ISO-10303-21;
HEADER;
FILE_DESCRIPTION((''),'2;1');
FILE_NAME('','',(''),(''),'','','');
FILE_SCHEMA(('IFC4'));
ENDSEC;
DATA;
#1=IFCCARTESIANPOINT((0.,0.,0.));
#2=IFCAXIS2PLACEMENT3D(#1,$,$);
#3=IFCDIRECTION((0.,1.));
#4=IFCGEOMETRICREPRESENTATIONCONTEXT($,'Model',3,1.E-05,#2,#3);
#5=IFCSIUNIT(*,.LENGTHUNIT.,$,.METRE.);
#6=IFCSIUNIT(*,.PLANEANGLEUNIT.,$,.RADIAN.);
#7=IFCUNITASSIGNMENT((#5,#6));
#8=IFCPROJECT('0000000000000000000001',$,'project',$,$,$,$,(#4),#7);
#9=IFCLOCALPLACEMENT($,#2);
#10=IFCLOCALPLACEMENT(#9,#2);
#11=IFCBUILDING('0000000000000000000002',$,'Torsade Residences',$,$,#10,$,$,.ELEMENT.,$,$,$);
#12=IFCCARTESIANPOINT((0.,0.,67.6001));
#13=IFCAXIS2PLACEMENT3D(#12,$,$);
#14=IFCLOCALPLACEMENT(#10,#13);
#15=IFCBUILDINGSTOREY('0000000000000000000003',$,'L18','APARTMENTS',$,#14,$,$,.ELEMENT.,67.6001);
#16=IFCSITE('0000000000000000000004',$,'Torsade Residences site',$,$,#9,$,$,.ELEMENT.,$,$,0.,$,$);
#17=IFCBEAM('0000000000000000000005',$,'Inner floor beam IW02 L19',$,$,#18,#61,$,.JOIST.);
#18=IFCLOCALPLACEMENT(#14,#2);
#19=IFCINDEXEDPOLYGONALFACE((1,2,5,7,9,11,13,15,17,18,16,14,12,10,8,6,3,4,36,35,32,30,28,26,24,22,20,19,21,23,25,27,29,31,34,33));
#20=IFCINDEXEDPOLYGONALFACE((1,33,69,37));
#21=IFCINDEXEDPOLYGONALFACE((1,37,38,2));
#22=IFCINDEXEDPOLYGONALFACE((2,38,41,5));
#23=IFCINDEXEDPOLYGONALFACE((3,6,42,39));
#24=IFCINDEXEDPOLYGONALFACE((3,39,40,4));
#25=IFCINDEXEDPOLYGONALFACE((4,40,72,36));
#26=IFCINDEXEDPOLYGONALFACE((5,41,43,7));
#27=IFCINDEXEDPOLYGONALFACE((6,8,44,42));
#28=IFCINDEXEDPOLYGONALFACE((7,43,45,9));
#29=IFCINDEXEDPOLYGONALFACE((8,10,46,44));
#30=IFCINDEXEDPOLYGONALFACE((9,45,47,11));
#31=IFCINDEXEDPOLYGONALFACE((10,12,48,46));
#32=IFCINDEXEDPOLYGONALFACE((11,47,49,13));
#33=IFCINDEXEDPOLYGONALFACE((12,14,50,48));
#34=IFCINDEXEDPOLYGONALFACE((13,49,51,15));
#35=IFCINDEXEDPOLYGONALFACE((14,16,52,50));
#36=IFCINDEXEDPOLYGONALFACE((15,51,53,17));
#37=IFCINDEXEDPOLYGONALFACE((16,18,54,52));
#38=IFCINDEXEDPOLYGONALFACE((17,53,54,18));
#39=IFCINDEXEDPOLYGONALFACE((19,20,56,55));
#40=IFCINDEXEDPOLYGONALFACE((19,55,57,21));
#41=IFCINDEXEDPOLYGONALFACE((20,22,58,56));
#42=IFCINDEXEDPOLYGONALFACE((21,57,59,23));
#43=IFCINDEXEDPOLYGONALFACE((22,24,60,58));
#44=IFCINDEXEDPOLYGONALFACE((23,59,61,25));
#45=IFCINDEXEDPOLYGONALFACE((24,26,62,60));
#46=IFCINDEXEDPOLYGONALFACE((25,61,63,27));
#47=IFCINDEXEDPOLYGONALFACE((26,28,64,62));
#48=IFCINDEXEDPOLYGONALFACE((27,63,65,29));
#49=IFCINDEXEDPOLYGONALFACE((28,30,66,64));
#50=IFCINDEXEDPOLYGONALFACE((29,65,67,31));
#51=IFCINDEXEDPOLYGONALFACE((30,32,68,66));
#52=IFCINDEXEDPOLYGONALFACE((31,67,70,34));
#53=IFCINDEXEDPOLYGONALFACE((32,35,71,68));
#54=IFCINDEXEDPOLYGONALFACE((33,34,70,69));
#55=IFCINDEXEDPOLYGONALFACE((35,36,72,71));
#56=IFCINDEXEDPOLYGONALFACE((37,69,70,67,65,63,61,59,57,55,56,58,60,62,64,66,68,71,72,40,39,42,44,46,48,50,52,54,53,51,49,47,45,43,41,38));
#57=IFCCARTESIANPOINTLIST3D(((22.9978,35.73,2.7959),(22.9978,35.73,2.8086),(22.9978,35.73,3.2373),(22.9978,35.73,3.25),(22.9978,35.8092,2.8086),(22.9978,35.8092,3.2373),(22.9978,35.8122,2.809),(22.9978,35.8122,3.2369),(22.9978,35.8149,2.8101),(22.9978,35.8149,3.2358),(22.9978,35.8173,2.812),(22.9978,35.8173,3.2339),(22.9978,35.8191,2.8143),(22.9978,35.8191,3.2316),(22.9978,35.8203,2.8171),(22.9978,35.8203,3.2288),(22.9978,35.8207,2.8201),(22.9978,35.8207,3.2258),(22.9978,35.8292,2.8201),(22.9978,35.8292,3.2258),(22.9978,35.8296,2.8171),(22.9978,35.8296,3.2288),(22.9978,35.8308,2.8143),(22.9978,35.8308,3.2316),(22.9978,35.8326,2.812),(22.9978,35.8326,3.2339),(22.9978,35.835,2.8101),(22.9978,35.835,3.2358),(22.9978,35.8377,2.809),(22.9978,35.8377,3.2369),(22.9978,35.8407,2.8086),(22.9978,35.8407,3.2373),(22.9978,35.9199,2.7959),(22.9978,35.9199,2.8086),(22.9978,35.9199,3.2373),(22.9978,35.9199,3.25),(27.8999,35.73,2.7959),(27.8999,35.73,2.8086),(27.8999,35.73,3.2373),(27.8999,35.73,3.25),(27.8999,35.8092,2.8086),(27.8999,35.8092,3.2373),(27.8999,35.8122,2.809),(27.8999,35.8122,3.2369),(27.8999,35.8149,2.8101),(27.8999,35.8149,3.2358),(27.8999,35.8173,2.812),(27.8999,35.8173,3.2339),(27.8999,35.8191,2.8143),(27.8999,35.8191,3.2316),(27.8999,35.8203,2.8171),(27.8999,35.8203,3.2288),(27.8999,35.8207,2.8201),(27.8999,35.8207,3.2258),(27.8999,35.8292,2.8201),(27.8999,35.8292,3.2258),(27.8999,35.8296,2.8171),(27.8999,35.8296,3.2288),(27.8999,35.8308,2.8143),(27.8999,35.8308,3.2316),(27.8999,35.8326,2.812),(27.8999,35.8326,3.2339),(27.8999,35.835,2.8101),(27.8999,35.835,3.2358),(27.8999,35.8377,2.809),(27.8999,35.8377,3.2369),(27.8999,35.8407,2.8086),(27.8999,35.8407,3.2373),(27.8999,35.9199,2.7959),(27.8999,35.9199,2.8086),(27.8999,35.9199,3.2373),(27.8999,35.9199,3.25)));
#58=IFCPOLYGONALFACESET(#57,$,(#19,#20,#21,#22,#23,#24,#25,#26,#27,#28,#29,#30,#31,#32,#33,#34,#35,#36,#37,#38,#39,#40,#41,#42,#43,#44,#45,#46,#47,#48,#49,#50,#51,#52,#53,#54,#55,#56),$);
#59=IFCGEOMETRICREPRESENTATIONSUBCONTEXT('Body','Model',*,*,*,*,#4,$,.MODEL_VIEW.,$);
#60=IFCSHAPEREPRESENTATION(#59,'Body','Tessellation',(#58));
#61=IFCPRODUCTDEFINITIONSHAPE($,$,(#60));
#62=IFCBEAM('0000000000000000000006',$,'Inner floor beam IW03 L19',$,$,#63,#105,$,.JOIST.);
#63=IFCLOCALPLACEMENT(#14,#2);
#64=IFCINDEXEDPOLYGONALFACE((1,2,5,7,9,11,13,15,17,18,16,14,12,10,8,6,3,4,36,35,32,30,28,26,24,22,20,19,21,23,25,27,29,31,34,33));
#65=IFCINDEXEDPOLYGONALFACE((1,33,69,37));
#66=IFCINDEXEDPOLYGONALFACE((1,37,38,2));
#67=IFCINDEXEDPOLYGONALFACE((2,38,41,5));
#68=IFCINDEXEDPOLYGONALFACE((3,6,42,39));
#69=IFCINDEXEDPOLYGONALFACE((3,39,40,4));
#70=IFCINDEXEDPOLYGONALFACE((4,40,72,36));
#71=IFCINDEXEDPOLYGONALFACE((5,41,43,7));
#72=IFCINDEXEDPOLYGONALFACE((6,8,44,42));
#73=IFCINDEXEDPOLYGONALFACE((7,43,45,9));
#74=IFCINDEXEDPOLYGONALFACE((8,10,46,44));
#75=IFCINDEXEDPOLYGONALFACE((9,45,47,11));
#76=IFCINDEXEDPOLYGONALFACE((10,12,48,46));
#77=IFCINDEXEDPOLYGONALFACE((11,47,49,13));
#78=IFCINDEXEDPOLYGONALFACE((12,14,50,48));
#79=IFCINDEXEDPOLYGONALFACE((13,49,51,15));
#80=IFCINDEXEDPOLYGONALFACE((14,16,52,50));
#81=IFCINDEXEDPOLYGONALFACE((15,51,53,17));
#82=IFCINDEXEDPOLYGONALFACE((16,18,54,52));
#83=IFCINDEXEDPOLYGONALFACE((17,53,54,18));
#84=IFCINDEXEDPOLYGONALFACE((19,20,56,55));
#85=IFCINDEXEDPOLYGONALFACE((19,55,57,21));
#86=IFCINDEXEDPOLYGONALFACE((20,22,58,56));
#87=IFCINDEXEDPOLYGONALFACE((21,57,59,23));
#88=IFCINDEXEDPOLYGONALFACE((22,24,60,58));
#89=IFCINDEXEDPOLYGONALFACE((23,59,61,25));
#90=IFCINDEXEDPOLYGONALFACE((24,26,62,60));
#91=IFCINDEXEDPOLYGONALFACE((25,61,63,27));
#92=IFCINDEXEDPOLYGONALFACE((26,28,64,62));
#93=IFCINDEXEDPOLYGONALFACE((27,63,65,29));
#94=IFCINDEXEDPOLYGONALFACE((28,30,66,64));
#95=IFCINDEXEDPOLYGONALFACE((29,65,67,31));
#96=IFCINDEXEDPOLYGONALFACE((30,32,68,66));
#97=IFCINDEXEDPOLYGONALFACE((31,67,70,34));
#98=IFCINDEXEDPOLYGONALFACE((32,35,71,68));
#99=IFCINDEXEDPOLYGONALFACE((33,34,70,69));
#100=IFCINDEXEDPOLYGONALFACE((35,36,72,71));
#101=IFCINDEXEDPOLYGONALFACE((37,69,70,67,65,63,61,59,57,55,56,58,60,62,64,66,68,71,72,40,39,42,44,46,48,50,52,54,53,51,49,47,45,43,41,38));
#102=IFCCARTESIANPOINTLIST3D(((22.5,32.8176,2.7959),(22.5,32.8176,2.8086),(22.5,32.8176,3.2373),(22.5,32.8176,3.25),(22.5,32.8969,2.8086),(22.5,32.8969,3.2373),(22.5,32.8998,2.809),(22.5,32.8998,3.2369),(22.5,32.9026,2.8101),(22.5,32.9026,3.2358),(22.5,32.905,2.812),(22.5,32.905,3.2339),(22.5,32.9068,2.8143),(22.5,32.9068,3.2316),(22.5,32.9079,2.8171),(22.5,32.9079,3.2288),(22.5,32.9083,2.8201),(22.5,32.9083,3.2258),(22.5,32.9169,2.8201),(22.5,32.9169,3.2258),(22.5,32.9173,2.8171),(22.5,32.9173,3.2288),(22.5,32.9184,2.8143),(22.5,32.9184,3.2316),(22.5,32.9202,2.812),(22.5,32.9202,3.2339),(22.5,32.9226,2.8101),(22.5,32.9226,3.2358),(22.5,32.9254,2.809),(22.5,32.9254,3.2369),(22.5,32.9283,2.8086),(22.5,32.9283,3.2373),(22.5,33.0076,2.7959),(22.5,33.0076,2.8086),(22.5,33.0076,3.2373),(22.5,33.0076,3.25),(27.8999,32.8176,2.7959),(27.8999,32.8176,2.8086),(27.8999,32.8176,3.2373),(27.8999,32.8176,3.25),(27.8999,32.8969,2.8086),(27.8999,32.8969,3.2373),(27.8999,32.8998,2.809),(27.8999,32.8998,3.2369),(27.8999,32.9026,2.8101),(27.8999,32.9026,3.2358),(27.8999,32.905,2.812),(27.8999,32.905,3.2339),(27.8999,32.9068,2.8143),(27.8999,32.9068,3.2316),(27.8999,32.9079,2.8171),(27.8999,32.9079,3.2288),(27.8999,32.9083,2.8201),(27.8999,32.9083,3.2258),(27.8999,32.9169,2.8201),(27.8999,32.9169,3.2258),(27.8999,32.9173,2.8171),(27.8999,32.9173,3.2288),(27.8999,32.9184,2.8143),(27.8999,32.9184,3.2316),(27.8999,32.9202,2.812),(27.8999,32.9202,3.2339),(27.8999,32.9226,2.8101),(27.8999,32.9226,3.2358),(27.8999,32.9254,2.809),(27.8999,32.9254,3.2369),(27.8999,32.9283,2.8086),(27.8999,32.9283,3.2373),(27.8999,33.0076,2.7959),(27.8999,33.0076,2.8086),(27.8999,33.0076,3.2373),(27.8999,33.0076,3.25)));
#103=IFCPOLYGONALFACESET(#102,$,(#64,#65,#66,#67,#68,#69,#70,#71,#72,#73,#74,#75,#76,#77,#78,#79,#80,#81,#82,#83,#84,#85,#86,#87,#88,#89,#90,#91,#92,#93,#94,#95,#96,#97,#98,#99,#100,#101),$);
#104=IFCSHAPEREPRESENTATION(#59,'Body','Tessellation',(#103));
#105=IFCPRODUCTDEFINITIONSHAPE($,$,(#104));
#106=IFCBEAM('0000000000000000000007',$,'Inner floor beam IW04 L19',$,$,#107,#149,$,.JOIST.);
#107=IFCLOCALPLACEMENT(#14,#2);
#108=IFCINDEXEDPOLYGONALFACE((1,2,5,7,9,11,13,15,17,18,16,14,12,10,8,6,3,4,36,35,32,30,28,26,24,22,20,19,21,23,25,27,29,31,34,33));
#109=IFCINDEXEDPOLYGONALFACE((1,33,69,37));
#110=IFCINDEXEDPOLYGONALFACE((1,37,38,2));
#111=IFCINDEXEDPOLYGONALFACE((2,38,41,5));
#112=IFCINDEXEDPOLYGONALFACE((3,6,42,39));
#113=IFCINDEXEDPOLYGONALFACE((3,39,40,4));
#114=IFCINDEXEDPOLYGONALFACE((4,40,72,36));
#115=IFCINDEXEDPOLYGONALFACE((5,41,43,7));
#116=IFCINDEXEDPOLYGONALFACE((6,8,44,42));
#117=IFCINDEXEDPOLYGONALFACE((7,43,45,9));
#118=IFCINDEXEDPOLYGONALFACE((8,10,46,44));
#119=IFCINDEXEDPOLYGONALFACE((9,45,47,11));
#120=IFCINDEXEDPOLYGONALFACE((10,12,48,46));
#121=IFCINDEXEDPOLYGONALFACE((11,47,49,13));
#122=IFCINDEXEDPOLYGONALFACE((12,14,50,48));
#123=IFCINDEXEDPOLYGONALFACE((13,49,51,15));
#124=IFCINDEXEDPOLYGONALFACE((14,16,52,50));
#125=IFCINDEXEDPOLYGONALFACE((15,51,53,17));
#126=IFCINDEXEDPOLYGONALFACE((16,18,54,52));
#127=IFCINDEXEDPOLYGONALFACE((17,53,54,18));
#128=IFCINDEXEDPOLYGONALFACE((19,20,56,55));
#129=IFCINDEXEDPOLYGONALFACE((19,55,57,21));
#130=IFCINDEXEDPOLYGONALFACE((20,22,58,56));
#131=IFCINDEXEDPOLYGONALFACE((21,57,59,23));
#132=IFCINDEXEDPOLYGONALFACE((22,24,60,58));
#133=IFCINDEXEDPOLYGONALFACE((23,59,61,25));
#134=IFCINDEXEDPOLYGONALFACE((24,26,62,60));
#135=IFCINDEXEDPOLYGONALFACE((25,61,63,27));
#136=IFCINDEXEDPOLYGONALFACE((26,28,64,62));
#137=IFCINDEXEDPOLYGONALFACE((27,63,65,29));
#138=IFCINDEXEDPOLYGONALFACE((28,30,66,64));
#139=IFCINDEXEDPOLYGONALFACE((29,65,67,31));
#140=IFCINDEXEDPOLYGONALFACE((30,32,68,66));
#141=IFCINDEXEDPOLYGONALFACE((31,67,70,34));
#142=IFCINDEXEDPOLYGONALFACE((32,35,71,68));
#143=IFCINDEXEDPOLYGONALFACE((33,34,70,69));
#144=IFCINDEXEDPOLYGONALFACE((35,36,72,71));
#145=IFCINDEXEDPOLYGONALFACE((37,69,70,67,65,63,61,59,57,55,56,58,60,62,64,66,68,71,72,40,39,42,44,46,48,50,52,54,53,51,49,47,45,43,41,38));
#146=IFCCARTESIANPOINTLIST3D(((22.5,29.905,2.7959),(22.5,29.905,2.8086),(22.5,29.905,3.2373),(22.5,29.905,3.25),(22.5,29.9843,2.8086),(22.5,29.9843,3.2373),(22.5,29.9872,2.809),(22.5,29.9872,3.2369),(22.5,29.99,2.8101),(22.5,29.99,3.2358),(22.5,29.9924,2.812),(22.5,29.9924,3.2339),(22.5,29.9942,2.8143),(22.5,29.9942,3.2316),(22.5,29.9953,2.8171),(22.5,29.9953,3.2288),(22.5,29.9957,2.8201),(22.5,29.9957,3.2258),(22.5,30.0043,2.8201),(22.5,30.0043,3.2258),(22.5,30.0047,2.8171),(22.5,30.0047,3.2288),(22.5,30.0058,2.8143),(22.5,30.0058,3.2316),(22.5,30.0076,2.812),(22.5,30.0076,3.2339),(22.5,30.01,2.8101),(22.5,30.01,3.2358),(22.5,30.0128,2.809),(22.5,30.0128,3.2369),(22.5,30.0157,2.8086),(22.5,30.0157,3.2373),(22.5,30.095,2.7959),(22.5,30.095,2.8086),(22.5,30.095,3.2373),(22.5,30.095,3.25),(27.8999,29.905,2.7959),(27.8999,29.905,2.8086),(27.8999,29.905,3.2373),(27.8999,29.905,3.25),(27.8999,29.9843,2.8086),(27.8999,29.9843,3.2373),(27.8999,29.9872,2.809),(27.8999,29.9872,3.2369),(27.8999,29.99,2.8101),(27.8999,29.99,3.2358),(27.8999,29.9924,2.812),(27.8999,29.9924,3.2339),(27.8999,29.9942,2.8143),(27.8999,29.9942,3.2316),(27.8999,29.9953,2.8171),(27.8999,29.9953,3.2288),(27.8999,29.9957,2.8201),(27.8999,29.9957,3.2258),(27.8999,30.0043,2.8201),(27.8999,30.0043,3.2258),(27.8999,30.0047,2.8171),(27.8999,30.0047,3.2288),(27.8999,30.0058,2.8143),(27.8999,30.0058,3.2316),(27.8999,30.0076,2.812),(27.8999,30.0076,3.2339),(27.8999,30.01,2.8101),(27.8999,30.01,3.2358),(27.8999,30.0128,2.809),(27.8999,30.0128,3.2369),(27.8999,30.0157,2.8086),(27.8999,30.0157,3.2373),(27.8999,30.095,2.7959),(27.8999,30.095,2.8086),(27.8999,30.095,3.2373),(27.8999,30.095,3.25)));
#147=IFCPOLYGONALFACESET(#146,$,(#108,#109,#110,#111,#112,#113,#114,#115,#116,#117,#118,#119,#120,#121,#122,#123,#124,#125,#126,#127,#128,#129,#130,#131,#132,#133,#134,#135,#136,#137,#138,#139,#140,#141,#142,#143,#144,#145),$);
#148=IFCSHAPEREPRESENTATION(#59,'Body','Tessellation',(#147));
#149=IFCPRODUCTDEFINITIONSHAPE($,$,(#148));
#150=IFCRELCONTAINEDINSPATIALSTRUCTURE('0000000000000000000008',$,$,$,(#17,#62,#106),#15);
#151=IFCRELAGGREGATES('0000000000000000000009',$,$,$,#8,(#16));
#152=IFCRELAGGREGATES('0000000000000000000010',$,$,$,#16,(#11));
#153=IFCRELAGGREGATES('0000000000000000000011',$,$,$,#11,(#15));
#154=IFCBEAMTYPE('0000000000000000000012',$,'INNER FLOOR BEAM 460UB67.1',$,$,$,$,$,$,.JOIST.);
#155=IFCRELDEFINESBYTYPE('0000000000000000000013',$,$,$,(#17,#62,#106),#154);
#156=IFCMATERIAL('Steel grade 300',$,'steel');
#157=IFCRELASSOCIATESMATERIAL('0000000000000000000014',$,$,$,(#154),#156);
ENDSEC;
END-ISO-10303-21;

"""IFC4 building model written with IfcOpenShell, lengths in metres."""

from ifc_helpers import new_model, si_unit, direction, frame, origin, origin_2d, place, context, subcontext, project, spatial, i_section, extrude, material, material_profile, profile_set, type_object, element, save


model = new_model("IFC4")

# Units and contexts
model_context = context("Model", 3, precision=1e-05, world=origin(), true_north=direction((0.0, 1.0)))
body_context = subcontext(model_context, "Body", "Model", "MODEL_VIEW")
ifc_project = project(units=[si_unit("LENGTHUNIT", "METRE"), si_unit("PLANEANGLEUNIT", "RADIAN")], contexts=[model_context])

# Site, building, storey
site_placement = place(None, origin())
site = spatial("IfcSite", under=ifc_project, at=site_placement, Name="Torsade Residences site", CompositionType="ELEMENT", RefElevation=0.0)
building_placement = place(site_placement, origin())
building = spatial("IfcBuilding", under=site, at=building_placement, Name="Torsade Residences", CompositionType="ELEMENT")
storey_placement = place(building_placement, frame((0.0, 0.0, 67.6001)))
storey = spatial("IfcBuildingStorey", under=building, at=storey_placement, Name="L18", Description="APARTMENTS", CompositionType="ELEMENT", Elevation=67.6001)

# Beams
ifc_material_1 = material(Name="Steel grade 300", Category="steel")
ifc_material_profile = material_profile(ifc_material_1, i_section(OverallWidth=0.1899, OverallDepth=0.4541, WebThickness=0.0085, FlangeThickness=0.0127, FilletRadius=0.0115, at=origin_2d()), Name="460UB67.1")
ifc_profile_set = profile_set([ifc_material_profile], Name="Steel grade 300")
beam_type = type_object("IfcBeamType", Name="INNER FLOOR BEAM 460UB67.1", PredefinedType="JOIST", material=ifc_profile_set)
beam_placement = place(storey_placement, frame((27.8999, 35.825, 3.0229), z_axis=(-1.0, 0.0, 0.0), x_axis=(0.0, -1.0, 0.0)))
element("IfcBeam", 1, at=beam_placement, inside=storey, type_object=beam_type, Name="Inner floor beam IW02 L19", PredefinedType="JOIST", context=body_context, shape_type="SweptSolid", body=[
    extrude(i_section(OverallWidth=0.1899, OverallDepth=0.4541, WebThickness=0.0085, FlangeThickness=0.0127, FilletRadius=0.0115, at=origin_2d()), origin(), (0.0, 0.0, 1.0), 4.9021),
])
for number, where, z_axis, x_axis, name in (
    (2, (27.8999, 32.9126, 3.0229), (-1.0, 0.0, 0.0), (0.0, -1.0, 0.0), "Inner floor beam IW03 L19"),
    (3, (27.8999, 30.0, 3.0229), (-1.0, 0.0, 0.0), (0.0, -1.0, 0.0), "Inner floor beam IW04 L19"),
):
    element("IfcBeam", number, at=place(storey_placement, frame(where, z_axis=z_axis, x_axis=x_axis)), inside=storey, type_object=beam_type, Name=name, PredefinedType="JOIST", context=body_context, shape_type="SweptSolid", body=[
        extrude(i_section(OverallWidth=0.1899, OverallDepth=0.4541, WebThickness=0.0085, FlangeThickness=0.0127, FilletRadius=0.0115, at=origin_2d()), origin(), (0.0, 0.0, 1.0), 5.3999),
    ])

save(model, "model.ifc")
